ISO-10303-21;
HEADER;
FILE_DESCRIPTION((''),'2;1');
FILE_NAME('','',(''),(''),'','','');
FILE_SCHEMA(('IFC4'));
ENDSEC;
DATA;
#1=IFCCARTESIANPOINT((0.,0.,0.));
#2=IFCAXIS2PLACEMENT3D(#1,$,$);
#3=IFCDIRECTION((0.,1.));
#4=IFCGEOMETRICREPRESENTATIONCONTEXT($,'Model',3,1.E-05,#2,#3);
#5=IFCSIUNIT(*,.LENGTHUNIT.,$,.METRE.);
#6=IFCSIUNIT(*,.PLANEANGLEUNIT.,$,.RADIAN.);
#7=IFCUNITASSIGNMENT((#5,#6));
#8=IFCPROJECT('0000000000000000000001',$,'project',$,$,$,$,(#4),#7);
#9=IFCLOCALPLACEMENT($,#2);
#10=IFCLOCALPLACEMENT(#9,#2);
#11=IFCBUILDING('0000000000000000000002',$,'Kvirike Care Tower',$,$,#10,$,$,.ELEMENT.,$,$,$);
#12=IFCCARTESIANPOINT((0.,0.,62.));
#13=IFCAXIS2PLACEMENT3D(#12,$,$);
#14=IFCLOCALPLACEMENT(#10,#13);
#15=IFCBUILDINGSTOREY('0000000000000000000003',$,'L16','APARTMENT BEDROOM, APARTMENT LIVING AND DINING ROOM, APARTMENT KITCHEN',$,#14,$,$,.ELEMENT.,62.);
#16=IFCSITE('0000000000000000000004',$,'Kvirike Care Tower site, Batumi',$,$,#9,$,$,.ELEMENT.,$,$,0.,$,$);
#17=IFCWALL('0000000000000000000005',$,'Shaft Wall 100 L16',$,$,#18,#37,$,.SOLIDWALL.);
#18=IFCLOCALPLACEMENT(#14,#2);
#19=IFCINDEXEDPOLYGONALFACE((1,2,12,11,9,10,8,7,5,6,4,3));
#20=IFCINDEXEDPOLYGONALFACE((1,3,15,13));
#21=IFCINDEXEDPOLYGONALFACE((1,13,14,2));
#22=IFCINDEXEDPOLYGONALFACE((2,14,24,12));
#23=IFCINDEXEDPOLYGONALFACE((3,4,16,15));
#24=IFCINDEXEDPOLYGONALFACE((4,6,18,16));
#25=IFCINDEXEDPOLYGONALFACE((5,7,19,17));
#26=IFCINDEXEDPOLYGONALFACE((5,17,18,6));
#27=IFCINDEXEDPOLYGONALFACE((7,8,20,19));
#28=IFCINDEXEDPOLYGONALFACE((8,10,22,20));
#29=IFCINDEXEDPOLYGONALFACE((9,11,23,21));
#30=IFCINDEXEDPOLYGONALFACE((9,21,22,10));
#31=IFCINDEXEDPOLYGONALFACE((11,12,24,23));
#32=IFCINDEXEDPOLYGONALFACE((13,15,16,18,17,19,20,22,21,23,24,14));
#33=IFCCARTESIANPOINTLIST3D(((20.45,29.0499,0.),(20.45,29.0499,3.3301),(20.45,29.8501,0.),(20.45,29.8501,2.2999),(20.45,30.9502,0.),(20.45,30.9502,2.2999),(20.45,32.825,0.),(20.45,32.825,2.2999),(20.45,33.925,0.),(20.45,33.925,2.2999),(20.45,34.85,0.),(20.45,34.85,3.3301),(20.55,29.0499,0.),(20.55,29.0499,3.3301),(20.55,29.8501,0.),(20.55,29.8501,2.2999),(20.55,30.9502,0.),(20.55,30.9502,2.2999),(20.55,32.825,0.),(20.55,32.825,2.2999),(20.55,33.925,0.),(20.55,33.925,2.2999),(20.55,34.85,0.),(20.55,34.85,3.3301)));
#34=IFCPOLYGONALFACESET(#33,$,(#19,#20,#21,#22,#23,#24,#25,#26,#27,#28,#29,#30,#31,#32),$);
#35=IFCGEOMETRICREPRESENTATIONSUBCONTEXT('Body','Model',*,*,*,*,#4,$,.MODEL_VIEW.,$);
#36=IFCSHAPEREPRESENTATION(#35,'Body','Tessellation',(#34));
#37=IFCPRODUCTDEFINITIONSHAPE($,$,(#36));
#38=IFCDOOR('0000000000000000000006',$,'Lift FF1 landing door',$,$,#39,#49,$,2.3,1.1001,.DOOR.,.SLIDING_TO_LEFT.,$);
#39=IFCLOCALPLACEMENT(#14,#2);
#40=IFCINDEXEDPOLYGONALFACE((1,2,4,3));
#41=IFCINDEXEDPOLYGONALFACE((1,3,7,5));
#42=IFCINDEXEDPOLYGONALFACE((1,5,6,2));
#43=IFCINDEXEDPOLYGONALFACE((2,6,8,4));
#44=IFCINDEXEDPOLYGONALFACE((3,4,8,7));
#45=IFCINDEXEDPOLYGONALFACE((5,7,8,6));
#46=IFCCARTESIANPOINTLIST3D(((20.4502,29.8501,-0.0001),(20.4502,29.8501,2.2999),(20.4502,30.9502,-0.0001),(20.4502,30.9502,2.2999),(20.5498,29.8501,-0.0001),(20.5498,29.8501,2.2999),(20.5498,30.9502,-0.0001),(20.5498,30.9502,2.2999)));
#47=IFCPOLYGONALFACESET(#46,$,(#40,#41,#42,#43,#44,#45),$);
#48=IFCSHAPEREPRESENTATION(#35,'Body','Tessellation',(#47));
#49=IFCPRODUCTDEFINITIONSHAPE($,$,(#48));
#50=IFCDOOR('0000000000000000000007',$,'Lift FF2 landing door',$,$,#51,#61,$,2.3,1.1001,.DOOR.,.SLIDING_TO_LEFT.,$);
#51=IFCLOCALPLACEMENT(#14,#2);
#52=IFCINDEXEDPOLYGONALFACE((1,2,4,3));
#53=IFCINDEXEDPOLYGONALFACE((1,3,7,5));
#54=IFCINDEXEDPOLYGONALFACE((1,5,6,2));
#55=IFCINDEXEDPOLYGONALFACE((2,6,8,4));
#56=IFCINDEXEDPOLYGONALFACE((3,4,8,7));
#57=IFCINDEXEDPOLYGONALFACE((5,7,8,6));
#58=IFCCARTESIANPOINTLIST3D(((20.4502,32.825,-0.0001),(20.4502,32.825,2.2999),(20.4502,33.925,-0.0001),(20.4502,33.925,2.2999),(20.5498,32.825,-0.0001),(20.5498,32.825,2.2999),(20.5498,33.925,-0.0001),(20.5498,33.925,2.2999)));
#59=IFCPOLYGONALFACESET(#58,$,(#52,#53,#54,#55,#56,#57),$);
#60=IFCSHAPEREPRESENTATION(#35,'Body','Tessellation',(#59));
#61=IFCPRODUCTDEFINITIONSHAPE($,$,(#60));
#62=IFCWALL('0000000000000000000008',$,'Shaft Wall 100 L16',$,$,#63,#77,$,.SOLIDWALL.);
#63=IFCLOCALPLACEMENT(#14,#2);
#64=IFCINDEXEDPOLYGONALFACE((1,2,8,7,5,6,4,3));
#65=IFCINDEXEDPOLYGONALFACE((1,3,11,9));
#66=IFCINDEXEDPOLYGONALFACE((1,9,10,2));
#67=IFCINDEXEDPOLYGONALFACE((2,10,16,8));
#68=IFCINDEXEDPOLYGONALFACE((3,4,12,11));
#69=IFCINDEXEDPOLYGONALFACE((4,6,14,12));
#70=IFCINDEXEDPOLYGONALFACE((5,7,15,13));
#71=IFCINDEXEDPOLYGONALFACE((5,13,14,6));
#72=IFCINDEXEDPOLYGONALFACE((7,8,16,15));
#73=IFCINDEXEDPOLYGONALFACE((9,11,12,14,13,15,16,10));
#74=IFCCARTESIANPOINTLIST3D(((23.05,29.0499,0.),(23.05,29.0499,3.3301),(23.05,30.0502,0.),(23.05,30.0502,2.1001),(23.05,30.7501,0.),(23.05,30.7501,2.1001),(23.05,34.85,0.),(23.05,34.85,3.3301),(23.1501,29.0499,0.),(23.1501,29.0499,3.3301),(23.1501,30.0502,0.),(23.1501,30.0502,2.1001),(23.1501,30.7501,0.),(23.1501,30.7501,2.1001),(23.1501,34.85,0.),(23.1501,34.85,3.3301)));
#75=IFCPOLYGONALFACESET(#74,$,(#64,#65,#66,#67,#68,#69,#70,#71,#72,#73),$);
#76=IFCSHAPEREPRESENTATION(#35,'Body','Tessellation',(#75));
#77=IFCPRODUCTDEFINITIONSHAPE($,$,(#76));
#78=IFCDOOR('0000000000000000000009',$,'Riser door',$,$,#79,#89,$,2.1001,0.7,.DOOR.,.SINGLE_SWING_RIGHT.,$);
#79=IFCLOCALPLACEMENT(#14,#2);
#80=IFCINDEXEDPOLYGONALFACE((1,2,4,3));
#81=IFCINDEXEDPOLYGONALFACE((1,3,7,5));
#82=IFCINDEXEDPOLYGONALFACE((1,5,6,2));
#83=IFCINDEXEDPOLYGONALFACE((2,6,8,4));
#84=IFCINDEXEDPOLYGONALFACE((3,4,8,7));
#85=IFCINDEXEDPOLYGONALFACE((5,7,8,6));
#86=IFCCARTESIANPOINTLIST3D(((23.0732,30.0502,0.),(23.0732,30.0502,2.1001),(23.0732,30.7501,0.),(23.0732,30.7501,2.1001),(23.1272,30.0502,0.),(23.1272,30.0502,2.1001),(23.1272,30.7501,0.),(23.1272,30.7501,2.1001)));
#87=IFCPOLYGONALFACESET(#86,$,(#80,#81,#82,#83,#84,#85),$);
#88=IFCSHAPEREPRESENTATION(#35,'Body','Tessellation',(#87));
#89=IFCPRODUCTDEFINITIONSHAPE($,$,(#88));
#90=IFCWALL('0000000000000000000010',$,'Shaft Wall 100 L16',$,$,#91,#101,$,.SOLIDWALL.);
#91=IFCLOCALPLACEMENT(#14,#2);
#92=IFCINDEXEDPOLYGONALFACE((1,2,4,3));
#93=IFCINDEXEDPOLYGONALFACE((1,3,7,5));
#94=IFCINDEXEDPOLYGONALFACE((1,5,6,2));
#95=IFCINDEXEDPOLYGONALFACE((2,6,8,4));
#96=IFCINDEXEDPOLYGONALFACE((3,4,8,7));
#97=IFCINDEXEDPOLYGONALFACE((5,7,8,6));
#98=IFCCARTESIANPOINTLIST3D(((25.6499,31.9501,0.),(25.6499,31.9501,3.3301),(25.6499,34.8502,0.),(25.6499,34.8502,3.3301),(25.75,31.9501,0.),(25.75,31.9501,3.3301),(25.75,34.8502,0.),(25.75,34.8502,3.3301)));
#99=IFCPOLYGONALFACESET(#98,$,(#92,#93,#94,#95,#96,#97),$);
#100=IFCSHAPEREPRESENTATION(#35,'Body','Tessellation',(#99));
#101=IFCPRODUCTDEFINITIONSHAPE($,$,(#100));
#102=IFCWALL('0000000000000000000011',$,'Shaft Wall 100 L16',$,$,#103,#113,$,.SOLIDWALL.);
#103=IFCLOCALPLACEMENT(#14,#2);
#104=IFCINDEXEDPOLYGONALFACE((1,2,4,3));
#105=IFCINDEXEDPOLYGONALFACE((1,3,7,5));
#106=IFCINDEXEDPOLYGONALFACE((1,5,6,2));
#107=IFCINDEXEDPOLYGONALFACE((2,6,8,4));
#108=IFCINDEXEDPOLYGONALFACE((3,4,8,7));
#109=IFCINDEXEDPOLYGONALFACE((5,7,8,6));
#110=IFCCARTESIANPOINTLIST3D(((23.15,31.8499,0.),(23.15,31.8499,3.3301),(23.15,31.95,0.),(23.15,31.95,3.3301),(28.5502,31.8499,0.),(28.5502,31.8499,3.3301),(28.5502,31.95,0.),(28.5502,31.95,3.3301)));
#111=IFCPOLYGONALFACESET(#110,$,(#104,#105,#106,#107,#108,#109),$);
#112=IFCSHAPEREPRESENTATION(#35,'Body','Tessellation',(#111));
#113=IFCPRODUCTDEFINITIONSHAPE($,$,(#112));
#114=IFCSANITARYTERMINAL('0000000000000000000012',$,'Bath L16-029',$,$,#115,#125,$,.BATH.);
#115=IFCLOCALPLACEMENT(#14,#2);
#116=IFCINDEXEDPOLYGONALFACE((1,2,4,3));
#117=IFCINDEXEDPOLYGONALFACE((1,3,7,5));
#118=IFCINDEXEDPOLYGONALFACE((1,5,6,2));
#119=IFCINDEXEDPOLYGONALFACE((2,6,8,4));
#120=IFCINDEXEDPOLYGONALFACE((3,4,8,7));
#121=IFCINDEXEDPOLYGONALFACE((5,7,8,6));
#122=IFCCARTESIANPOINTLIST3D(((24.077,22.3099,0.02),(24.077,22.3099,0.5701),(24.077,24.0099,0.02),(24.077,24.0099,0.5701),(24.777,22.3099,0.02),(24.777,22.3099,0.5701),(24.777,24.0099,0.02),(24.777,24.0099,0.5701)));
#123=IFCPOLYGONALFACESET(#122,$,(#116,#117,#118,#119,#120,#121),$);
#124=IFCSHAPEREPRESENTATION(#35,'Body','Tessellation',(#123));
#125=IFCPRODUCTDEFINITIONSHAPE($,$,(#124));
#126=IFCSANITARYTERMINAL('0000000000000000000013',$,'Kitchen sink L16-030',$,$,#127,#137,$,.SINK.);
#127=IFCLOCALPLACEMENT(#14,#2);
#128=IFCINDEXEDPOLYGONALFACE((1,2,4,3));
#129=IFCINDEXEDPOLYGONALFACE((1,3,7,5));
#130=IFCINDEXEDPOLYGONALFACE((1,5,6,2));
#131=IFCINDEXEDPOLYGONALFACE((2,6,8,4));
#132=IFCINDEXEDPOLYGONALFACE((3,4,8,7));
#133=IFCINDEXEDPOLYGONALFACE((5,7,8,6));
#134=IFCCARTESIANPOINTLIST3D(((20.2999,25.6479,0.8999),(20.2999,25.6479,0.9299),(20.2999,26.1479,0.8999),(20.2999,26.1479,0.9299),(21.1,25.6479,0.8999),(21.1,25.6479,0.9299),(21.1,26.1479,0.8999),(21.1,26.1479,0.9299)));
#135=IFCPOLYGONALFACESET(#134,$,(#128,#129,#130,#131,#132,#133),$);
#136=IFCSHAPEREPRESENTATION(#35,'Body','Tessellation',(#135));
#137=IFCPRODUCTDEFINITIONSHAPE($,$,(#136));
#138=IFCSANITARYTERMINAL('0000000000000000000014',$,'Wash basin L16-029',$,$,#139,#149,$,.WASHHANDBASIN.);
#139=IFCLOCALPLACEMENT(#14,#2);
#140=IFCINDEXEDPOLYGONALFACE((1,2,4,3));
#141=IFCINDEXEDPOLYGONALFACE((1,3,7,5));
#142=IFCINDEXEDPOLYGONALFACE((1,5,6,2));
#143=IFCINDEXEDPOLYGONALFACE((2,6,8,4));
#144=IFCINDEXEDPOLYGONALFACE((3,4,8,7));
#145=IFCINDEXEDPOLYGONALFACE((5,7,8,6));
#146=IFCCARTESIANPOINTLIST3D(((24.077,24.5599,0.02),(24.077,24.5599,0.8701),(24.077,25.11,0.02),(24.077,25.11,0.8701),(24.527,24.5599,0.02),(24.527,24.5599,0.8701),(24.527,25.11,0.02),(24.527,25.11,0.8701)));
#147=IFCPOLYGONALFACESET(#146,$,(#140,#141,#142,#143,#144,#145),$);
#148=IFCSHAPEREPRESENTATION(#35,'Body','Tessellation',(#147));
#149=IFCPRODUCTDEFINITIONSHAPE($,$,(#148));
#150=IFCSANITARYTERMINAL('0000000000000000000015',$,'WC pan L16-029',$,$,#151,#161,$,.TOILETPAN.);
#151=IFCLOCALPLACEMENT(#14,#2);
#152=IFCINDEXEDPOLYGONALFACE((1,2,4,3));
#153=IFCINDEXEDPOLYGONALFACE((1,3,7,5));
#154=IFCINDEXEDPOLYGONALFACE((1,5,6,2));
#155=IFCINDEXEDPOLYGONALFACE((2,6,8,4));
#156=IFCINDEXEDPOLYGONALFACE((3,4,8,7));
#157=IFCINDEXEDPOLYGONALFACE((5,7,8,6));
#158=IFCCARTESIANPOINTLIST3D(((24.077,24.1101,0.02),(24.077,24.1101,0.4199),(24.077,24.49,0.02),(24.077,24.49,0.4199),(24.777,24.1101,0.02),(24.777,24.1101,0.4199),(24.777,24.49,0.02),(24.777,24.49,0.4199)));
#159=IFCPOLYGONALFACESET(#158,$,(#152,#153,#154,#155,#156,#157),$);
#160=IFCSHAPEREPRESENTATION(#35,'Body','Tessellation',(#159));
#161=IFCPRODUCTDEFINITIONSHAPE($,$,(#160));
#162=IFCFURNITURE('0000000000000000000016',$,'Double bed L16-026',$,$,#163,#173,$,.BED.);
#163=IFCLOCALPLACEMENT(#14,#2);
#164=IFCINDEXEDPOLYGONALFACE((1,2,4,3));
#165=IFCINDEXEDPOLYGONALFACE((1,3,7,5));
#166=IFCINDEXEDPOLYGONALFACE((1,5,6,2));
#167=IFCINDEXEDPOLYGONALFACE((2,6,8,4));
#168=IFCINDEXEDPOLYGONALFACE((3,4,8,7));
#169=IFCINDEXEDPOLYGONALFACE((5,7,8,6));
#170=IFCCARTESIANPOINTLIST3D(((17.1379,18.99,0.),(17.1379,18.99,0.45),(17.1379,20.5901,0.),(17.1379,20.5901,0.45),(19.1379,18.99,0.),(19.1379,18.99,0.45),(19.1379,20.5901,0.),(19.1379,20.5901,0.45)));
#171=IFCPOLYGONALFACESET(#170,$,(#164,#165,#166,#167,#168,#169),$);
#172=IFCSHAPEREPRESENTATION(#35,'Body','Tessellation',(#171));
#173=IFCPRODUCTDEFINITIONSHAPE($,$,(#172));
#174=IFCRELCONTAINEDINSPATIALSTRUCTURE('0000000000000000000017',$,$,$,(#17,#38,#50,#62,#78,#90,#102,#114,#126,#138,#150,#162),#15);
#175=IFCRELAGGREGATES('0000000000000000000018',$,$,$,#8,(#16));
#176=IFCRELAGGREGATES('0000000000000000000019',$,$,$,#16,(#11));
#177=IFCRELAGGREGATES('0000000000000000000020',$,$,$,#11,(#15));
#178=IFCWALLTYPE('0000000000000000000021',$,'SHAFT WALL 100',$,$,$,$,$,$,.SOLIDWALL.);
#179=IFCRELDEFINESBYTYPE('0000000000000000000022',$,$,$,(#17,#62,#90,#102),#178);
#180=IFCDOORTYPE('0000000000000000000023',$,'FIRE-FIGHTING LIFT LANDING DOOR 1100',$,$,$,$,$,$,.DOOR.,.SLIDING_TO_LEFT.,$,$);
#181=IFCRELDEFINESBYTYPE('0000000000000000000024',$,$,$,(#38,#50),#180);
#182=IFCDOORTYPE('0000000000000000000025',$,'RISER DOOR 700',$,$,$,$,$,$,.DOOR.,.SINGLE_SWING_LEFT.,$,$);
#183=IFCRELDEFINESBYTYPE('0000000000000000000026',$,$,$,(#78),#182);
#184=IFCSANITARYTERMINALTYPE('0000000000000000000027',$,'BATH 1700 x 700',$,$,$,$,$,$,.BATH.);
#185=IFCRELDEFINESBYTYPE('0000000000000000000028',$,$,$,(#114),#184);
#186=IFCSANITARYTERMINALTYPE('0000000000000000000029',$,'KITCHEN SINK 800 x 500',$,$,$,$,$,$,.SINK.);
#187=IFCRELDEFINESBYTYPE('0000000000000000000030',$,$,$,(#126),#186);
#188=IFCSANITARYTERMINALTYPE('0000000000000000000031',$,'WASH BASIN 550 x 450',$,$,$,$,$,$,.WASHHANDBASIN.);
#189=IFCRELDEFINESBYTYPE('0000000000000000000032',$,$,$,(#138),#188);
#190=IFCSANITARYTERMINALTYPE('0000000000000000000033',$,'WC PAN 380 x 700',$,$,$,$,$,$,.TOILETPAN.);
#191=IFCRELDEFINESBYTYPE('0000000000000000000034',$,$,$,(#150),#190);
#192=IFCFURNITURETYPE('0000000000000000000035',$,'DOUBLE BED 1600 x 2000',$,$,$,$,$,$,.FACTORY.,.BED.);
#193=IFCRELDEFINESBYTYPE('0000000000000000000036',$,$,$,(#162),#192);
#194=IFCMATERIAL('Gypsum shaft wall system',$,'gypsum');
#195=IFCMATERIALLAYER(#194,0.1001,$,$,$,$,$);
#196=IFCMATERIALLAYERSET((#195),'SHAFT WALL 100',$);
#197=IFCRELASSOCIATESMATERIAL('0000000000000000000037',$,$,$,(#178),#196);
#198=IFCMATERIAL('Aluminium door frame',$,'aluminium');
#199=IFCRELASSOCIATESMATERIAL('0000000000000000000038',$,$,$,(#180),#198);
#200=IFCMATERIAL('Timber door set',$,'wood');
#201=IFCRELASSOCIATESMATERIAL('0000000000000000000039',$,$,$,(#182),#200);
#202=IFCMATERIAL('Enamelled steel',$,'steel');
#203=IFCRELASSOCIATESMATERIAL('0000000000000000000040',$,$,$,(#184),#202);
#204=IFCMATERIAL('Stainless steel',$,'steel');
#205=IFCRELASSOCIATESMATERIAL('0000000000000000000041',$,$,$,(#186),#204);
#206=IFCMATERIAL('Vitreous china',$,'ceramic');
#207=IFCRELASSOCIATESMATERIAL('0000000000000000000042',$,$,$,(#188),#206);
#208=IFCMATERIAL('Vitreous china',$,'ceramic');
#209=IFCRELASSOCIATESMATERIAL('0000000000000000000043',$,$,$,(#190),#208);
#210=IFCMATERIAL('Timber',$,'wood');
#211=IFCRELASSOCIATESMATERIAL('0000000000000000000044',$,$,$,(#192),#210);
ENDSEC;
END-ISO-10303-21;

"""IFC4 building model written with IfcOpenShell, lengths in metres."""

from ifc_helpers import new_model, si_unit, direction, frame, frame_2d, origin, origin_2d, place, context, subcontext, project, spatial, rectangle, extrude, material, layer, layer_set, type_object, element, fill, save


model = new_model("IFC4")

# Units and contexts
model_context = context("Model", 3, precision=1e-05, world=origin(), true_north=direction((0.0, 1.0)))
body_context = subcontext(model_context, "Body", "Model", "MODEL_VIEW")
ifc_project = project(units=[si_unit("LENGTHUNIT", "METRE"), si_unit("PLANEANGLEUNIT", "RADIAN")], contexts=[model_context])

# Site, building, storey
site_placement = place(None, origin())
site = spatial("IfcSite", under=ifc_project, at=site_placement, Name="Kvirike Care Tower site, Batumi", CompositionType="ELEMENT", RefElevation=0.0)
building_placement = place(site_placement, origin())
building = spatial("IfcBuilding", under=site, at=building_placement, Name="Kvirike Care Tower", CompositionType="ELEMENT")
storey_placement = place(building_placement, frame((0.0, 0.0, 62.0)))
storey = spatial("IfcBuildingStorey", under=building, at=storey_placement, Name="L16", Description="APARTMENT BEDROOM, APARTMENT LIVING AND DINING ROOM, APARTMENT KITCHEN", CompositionType="ELEMENT", Elevation=62.0)

# Wall, openings, doors
ifc_material_1 = material(Name="Gypsum shaft wall system", Category="gypsum")
ifc_layer_1 = layer(ifc_material_1, 0.1001)
ifc_layer_set_1 = layer_set([ifc_layer_1], Name="SHAFT WALL 100")
wall_type_1 = type_object("IfcWallType", Name="SHAFT WALL 100", PredefinedType="SOLIDWALL", material=ifc_layer_set_1)
wall_1_placement = place(storey_placement, frame((20.5, 29.05, 0.0), z_axis=(0.0, 0.0, 1.0), x_axis=(0.0, 1.0, 0.0)))
wall_1 = element("IfcWall", 1, at=wall_1_placement, inside=storey, type_object=wall_type_1, Name="Shaft Wall 100 L16", PredefinedType="SOLIDWALL", context=body_context, shape_type="SweptSolid", body=[
    extrude(rectangle(XDim=5.8, YDim=0.1001, at=frame_2d((2.8999, 0.0))), origin(), (0.0, 0.0, 1.0), 3.3301),
])
opening_1_placement = place(wall_1_placement, frame((0.8, 0.0, 0.0)))
opening_1 = element("IfcOpeningElement", 2, at=opening_1_placement, cuts=wall_1, PredefinedType="OPENING", context=body_context, shape_type="SweptSolid", body=[
    extrude(rectangle(XDim=1.1001, YDim=2.3, at=frame_2d((0.55, 1.1499))), frame((0.0, 0.0605, 0.0), z_axis=(0.0, -1.0, 0.0), x_axis=(1.0, 0.0, 0.0)), (0.0, 0.0, 1.0), 0.1211),
])
opening_2_placement = place(wall_1_placement, frame((3.7749, 0.0, 0.0)))
opening_2 = element("IfcOpeningElement", 3, at=opening_2_placement, cuts=wall_1, PredefinedType="OPENING", context=body_context, shape_type="SweptSolid", body=[
    extrude(rectangle(XDim=1.1001, YDim=2.3, at=frame_2d((0.55, 1.1499))), frame((0.0, 0.0605, 0.0), z_axis=(0.0, -1.0, 0.0), x_axis=(1.0, 0.0, 0.0)), (0.0, 0.0, 1.0), 0.1211),
])
ifc_material_2 = material(Name="Aluminium door frame", Category="aluminium")
door_type_1 = type_object("IfcDoorType", Name="FIRE-FIGHTING LIFT LANDING DOOR 1100", OperationType="SLIDING_TO_LEFT", PredefinedType="DOOR", material=ifc_material_2)
door_1_placement = place(opening_1_placement, origin())
door_1 = element("IfcDoor", 4, at=door_1_placement, inside=storey, type_object=door_type_1, Name="Lift FF1 landing door", OperationType="SLIDING_TO_LEFT", OverallHeight=2.3, OverallWidth=1.1001, PredefinedType="DOOR", context=body_context, shape_type="SweptSolid", body=[
    extrude(rectangle(XDim=1.1001, YDim=2.3, at=frame_2d((0.55, 1.1499))), frame((0.0, 0.0498, 0.0), z_axis=(0.0, -1.0, 0.0), x_axis=(1.0, 0.0, 0.0)), (0.0, 0.0, 1.0), 0.0996),
])
fill(opening_1, door_1)
door_2_placement = place(opening_2_placement, origin())
door_2 = element("IfcDoor", 5, at=door_2_placement, inside=storey, type_object=door_type_1, Name="Lift FF2 landing door", OperationType="SLIDING_TO_LEFT", OverallHeight=2.3, OverallWidth=1.1001, PredefinedType="DOOR", context=body_context, shape_type="SweptSolid", body=[
    extrude(rectangle(XDim=1.1001, YDim=2.3, at=frame_2d((0.55, 1.1499))), frame((0.0, 0.0498, 0.0), z_axis=(0.0, -1.0, 0.0), x_axis=(1.0, 0.0, 0.0)), (0.0, 0.0, 1.0), 0.0996),
])
fill(opening_2, door_2)

# Wall, opening, door
wall_2_placement = place(storey_placement, frame((23.1001, 29.05, 0.0), z_axis=(0.0, 0.0, 1.0), x_axis=(0.0, 1.0, 0.0)))
wall_2 = element("IfcWall", 6, at=wall_2_placement, inside=storey, type_object=wall_type_1, Name="Shaft Wall 100 L16", PredefinedType="SOLIDWALL", context=body_context, shape_type="SweptSolid", body=[
    extrude(rectangle(XDim=5.8, YDim=0.1001, at=frame_2d((2.8999, 0.0))), origin(), (0.0, 0.0, 1.0), 3.3301),
])
opening_3_placement = place(wall_2_placement, frame((1.0, 0.0, 0.0)))
opening_3 = element("IfcOpeningElement", 7, at=opening_3_placement, cuts=wall_2, PredefinedType="OPENING", context=body_context, shape_type="SweptSolid", body=[
    extrude(rectangle(XDim=0.7, YDim=2.1001, at=frame_2d((0.3501, 1.05))), frame((0.0, 0.0605, 0.0), z_axis=(0.0, -1.0, 0.0), x_axis=(1.0, 0.0, 0.0)), (0.0, 0.0, 1.0), 0.1211),
])
ifc_material_3 = material(Name="Timber door set", Category="wood")
door_type_2 = type_object("IfcDoorType", Name="RISER DOOR 700", OperationType="SINGLE_SWING_LEFT", PredefinedType="DOOR", material=ifc_material_3)
door_3_placement = place(opening_3_placement, origin())
door_3 = element("IfcDoor", 8, at=door_3_placement, inside=storey, type_object=door_type_2, Name="Riser door", OperationType="SINGLE_SWING_RIGHT", OverallHeight=2.1001, OverallWidth=0.7, PredefinedType="DOOR", context=body_context, shape_type="SweptSolid", body=[
    extrude(rectangle(XDim=0.7, YDim=2.1001, at=frame_2d((0.3501, 1.05))), frame((0.0, 0.0269, 0.0), z_axis=(0.0, -1.0, 0.0), x_axis=(1.0, 0.0, 0.0)), (0.0, 0.0, 1.0), 0.054),
])
fill(opening_3, door_3)

# Walls
wall_3_placement = place(storey_placement, frame((25.7, 31.95, 0.0), z_axis=(0.0, 0.0, 1.0), x_axis=(0.0, 1.0, 0.0)))
element("IfcWall", 9, at=wall_3_placement, inside=storey, type_object=wall_type_1, Name="Shaft Wall 100 L16", PredefinedType="SOLIDWALL", context=body_context, shape_type="SweptSolid", body=[
    extrude(rectangle(XDim=2.9001, YDim=0.1001, at=frame_2d((1.4502, 0.0))), origin(), (0.0, 0.0, 1.0), 3.3301),
])
wall_4_placement = place(storey_placement, frame((23.1499, 31.8999, 0.0), z_axis=(0.0, 0.0, 1.0), x_axis=(1.0, 0.0, 0.0)))
element("IfcWall", 10, at=wall_4_placement, inside=storey, type_object=wall_type_1, Name="Shaft Wall 100 L16", PredefinedType="SOLIDWALL", context=body_context, shape_type="SweptSolid", body=[
    extrude(rectangle(XDim=5.4001, YDim=0.1001, at=frame_2d((2.7002, 0.0))), origin(), (0.0, 0.0, 1.0), 3.3301),
])

# Sanitary terminals
ifc_material_4 = material(Name="Enamelled steel", Category="steel")
sanitary_terminal_type_1 = type_object("IfcSanitaryTerminalType", Name="BATH 1700 x 700", PredefinedType="BATH", material=ifc_material_4)
sanitary_terminal_1_placement = place(storey_placement, frame((24.427, 23.1599, 0.02), z_axis=(0.0, 0.0, 1.0), x_axis=(0.0, 1.0, 0.0)))
element("IfcSanitaryTerminal", 11, at=sanitary_terminal_1_placement, inside=storey, type_object=sanitary_terminal_type_1, Name="Bath L16-029", PredefinedType="BATH", context=body_context, shape_type="SweptSolid", body=[
    extrude(rectangle(XDim=1.7, YDim=0.7, at=origin_2d()), origin(), (0.0, 0.0, 1.0), 0.55),
])
ifc_material_5 = material(Name="Stainless steel", Category="steel")
sanitary_terminal_type_2 = type_object("IfcSanitaryTerminalType", Name="KITCHEN SINK 800 x 500", PredefinedType="SINK", material=ifc_material_5)
sanitary_terminal_2_placement = place(storey_placement, frame((20.7, 25.8979, 0.8999), z_axis=(0.0, 0.0, 1.0), x_axis=(1.0, 0.0, 0.0)))
element("IfcSanitaryTerminal", 12, at=sanitary_terminal_2_placement, inside=storey, type_object=sanitary_terminal_type_2, Name="Kitchen sink L16-030", PredefinedType="SINK", context=body_context, shape_type="SweptSolid", body=[
    extrude(rectangle(XDim=0.8, YDim=0.5, at=origin_2d()), origin(), (0.0, 0.0, 1.0), 0.03),
])
ifc_material_6 = material(Name="Vitreous china", Category="ceramic")
sanitary_terminal_type_3 = type_object("IfcSanitaryTerminalType", Name="WASH BASIN 550 x 450", PredefinedType="WASHHANDBASIN", material=ifc_material_6)
sanitary_terminal_3_placement = place(storey_placement, frame((24.302, 24.835, 0.02), z_axis=(0.0, 0.0, 1.0), x_axis=(0.0, 1.0, 0.0)))
element("IfcSanitaryTerminal", 13, at=sanitary_terminal_3_placement, inside=storey, type_object=sanitary_terminal_type_3, Name="Wash basin L16-029", PredefinedType="WASHHANDBASIN", context=body_context, shape_type="SweptSolid", body=[
    extrude(rectangle(XDim=0.55, YDim=0.45, at=origin_2d()), origin(), (0.0, 0.0, 1.0), 0.8501),
])
ifc_material_7 = material(Name="Vitreous china", Category="ceramic")
sanitary_terminal_type_4 = type_object("IfcSanitaryTerminalType", Name="WC PAN 380 x 700", PredefinedType="TOILETPAN", material=ifc_material_7)
sanitary_terminal_4_placement = place(storey_placement, frame((24.427, 24.3, 0.02), z_axis=(0.0, 0.0, 1.0), x_axis=(0.0, 1.0, 0.0)))
element("IfcSanitaryTerminal", 14, at=sanitary_terminal_4_placement, inside=storey, type_object=sanitary_terminal_type_4, Name="WC pan L16-029", PredefinedType="TOILETPAN", context=body_context, shape_type="SweptSolid", body=[
    extrude(rectangle(XDim=0.3799, YDim=0.7, at=origin_2d()), origin(), (0.0, 0.0, 1.0), 0.3999),
])

# Furniture
ifc_material_8 = material(Name="Timber", Category="wood")
furniture_type_1 = type_object("IfcFurnitureType", Name="DOUBLE BED 1600 x 2000", AssemblyPlace="FACTORY", PredefinedType="BED", material=ifc_material_8)
furniture_1_placement = place(storey_placement, frame((18.1379, 19.79, 0.0), z_axis=(0.0, 0.0, 1.0), x_axis=(0.0, -1.0, 0.0)))
element("IfcFurniture", 15, at=furniture_1_placement, inside=storey, type_object=furniture_type_1, Name="Double bed L16-026", PredefinedType="BED", context=body_context, shape_type="SweptSolid", body=[
    extrude(rectangle(XDim=1.6001, YDim=2.0, at=origin_2d()), origin(), (0.0, 0.0, 1.0), 0.45),
])

save(model, "model.ifc")
